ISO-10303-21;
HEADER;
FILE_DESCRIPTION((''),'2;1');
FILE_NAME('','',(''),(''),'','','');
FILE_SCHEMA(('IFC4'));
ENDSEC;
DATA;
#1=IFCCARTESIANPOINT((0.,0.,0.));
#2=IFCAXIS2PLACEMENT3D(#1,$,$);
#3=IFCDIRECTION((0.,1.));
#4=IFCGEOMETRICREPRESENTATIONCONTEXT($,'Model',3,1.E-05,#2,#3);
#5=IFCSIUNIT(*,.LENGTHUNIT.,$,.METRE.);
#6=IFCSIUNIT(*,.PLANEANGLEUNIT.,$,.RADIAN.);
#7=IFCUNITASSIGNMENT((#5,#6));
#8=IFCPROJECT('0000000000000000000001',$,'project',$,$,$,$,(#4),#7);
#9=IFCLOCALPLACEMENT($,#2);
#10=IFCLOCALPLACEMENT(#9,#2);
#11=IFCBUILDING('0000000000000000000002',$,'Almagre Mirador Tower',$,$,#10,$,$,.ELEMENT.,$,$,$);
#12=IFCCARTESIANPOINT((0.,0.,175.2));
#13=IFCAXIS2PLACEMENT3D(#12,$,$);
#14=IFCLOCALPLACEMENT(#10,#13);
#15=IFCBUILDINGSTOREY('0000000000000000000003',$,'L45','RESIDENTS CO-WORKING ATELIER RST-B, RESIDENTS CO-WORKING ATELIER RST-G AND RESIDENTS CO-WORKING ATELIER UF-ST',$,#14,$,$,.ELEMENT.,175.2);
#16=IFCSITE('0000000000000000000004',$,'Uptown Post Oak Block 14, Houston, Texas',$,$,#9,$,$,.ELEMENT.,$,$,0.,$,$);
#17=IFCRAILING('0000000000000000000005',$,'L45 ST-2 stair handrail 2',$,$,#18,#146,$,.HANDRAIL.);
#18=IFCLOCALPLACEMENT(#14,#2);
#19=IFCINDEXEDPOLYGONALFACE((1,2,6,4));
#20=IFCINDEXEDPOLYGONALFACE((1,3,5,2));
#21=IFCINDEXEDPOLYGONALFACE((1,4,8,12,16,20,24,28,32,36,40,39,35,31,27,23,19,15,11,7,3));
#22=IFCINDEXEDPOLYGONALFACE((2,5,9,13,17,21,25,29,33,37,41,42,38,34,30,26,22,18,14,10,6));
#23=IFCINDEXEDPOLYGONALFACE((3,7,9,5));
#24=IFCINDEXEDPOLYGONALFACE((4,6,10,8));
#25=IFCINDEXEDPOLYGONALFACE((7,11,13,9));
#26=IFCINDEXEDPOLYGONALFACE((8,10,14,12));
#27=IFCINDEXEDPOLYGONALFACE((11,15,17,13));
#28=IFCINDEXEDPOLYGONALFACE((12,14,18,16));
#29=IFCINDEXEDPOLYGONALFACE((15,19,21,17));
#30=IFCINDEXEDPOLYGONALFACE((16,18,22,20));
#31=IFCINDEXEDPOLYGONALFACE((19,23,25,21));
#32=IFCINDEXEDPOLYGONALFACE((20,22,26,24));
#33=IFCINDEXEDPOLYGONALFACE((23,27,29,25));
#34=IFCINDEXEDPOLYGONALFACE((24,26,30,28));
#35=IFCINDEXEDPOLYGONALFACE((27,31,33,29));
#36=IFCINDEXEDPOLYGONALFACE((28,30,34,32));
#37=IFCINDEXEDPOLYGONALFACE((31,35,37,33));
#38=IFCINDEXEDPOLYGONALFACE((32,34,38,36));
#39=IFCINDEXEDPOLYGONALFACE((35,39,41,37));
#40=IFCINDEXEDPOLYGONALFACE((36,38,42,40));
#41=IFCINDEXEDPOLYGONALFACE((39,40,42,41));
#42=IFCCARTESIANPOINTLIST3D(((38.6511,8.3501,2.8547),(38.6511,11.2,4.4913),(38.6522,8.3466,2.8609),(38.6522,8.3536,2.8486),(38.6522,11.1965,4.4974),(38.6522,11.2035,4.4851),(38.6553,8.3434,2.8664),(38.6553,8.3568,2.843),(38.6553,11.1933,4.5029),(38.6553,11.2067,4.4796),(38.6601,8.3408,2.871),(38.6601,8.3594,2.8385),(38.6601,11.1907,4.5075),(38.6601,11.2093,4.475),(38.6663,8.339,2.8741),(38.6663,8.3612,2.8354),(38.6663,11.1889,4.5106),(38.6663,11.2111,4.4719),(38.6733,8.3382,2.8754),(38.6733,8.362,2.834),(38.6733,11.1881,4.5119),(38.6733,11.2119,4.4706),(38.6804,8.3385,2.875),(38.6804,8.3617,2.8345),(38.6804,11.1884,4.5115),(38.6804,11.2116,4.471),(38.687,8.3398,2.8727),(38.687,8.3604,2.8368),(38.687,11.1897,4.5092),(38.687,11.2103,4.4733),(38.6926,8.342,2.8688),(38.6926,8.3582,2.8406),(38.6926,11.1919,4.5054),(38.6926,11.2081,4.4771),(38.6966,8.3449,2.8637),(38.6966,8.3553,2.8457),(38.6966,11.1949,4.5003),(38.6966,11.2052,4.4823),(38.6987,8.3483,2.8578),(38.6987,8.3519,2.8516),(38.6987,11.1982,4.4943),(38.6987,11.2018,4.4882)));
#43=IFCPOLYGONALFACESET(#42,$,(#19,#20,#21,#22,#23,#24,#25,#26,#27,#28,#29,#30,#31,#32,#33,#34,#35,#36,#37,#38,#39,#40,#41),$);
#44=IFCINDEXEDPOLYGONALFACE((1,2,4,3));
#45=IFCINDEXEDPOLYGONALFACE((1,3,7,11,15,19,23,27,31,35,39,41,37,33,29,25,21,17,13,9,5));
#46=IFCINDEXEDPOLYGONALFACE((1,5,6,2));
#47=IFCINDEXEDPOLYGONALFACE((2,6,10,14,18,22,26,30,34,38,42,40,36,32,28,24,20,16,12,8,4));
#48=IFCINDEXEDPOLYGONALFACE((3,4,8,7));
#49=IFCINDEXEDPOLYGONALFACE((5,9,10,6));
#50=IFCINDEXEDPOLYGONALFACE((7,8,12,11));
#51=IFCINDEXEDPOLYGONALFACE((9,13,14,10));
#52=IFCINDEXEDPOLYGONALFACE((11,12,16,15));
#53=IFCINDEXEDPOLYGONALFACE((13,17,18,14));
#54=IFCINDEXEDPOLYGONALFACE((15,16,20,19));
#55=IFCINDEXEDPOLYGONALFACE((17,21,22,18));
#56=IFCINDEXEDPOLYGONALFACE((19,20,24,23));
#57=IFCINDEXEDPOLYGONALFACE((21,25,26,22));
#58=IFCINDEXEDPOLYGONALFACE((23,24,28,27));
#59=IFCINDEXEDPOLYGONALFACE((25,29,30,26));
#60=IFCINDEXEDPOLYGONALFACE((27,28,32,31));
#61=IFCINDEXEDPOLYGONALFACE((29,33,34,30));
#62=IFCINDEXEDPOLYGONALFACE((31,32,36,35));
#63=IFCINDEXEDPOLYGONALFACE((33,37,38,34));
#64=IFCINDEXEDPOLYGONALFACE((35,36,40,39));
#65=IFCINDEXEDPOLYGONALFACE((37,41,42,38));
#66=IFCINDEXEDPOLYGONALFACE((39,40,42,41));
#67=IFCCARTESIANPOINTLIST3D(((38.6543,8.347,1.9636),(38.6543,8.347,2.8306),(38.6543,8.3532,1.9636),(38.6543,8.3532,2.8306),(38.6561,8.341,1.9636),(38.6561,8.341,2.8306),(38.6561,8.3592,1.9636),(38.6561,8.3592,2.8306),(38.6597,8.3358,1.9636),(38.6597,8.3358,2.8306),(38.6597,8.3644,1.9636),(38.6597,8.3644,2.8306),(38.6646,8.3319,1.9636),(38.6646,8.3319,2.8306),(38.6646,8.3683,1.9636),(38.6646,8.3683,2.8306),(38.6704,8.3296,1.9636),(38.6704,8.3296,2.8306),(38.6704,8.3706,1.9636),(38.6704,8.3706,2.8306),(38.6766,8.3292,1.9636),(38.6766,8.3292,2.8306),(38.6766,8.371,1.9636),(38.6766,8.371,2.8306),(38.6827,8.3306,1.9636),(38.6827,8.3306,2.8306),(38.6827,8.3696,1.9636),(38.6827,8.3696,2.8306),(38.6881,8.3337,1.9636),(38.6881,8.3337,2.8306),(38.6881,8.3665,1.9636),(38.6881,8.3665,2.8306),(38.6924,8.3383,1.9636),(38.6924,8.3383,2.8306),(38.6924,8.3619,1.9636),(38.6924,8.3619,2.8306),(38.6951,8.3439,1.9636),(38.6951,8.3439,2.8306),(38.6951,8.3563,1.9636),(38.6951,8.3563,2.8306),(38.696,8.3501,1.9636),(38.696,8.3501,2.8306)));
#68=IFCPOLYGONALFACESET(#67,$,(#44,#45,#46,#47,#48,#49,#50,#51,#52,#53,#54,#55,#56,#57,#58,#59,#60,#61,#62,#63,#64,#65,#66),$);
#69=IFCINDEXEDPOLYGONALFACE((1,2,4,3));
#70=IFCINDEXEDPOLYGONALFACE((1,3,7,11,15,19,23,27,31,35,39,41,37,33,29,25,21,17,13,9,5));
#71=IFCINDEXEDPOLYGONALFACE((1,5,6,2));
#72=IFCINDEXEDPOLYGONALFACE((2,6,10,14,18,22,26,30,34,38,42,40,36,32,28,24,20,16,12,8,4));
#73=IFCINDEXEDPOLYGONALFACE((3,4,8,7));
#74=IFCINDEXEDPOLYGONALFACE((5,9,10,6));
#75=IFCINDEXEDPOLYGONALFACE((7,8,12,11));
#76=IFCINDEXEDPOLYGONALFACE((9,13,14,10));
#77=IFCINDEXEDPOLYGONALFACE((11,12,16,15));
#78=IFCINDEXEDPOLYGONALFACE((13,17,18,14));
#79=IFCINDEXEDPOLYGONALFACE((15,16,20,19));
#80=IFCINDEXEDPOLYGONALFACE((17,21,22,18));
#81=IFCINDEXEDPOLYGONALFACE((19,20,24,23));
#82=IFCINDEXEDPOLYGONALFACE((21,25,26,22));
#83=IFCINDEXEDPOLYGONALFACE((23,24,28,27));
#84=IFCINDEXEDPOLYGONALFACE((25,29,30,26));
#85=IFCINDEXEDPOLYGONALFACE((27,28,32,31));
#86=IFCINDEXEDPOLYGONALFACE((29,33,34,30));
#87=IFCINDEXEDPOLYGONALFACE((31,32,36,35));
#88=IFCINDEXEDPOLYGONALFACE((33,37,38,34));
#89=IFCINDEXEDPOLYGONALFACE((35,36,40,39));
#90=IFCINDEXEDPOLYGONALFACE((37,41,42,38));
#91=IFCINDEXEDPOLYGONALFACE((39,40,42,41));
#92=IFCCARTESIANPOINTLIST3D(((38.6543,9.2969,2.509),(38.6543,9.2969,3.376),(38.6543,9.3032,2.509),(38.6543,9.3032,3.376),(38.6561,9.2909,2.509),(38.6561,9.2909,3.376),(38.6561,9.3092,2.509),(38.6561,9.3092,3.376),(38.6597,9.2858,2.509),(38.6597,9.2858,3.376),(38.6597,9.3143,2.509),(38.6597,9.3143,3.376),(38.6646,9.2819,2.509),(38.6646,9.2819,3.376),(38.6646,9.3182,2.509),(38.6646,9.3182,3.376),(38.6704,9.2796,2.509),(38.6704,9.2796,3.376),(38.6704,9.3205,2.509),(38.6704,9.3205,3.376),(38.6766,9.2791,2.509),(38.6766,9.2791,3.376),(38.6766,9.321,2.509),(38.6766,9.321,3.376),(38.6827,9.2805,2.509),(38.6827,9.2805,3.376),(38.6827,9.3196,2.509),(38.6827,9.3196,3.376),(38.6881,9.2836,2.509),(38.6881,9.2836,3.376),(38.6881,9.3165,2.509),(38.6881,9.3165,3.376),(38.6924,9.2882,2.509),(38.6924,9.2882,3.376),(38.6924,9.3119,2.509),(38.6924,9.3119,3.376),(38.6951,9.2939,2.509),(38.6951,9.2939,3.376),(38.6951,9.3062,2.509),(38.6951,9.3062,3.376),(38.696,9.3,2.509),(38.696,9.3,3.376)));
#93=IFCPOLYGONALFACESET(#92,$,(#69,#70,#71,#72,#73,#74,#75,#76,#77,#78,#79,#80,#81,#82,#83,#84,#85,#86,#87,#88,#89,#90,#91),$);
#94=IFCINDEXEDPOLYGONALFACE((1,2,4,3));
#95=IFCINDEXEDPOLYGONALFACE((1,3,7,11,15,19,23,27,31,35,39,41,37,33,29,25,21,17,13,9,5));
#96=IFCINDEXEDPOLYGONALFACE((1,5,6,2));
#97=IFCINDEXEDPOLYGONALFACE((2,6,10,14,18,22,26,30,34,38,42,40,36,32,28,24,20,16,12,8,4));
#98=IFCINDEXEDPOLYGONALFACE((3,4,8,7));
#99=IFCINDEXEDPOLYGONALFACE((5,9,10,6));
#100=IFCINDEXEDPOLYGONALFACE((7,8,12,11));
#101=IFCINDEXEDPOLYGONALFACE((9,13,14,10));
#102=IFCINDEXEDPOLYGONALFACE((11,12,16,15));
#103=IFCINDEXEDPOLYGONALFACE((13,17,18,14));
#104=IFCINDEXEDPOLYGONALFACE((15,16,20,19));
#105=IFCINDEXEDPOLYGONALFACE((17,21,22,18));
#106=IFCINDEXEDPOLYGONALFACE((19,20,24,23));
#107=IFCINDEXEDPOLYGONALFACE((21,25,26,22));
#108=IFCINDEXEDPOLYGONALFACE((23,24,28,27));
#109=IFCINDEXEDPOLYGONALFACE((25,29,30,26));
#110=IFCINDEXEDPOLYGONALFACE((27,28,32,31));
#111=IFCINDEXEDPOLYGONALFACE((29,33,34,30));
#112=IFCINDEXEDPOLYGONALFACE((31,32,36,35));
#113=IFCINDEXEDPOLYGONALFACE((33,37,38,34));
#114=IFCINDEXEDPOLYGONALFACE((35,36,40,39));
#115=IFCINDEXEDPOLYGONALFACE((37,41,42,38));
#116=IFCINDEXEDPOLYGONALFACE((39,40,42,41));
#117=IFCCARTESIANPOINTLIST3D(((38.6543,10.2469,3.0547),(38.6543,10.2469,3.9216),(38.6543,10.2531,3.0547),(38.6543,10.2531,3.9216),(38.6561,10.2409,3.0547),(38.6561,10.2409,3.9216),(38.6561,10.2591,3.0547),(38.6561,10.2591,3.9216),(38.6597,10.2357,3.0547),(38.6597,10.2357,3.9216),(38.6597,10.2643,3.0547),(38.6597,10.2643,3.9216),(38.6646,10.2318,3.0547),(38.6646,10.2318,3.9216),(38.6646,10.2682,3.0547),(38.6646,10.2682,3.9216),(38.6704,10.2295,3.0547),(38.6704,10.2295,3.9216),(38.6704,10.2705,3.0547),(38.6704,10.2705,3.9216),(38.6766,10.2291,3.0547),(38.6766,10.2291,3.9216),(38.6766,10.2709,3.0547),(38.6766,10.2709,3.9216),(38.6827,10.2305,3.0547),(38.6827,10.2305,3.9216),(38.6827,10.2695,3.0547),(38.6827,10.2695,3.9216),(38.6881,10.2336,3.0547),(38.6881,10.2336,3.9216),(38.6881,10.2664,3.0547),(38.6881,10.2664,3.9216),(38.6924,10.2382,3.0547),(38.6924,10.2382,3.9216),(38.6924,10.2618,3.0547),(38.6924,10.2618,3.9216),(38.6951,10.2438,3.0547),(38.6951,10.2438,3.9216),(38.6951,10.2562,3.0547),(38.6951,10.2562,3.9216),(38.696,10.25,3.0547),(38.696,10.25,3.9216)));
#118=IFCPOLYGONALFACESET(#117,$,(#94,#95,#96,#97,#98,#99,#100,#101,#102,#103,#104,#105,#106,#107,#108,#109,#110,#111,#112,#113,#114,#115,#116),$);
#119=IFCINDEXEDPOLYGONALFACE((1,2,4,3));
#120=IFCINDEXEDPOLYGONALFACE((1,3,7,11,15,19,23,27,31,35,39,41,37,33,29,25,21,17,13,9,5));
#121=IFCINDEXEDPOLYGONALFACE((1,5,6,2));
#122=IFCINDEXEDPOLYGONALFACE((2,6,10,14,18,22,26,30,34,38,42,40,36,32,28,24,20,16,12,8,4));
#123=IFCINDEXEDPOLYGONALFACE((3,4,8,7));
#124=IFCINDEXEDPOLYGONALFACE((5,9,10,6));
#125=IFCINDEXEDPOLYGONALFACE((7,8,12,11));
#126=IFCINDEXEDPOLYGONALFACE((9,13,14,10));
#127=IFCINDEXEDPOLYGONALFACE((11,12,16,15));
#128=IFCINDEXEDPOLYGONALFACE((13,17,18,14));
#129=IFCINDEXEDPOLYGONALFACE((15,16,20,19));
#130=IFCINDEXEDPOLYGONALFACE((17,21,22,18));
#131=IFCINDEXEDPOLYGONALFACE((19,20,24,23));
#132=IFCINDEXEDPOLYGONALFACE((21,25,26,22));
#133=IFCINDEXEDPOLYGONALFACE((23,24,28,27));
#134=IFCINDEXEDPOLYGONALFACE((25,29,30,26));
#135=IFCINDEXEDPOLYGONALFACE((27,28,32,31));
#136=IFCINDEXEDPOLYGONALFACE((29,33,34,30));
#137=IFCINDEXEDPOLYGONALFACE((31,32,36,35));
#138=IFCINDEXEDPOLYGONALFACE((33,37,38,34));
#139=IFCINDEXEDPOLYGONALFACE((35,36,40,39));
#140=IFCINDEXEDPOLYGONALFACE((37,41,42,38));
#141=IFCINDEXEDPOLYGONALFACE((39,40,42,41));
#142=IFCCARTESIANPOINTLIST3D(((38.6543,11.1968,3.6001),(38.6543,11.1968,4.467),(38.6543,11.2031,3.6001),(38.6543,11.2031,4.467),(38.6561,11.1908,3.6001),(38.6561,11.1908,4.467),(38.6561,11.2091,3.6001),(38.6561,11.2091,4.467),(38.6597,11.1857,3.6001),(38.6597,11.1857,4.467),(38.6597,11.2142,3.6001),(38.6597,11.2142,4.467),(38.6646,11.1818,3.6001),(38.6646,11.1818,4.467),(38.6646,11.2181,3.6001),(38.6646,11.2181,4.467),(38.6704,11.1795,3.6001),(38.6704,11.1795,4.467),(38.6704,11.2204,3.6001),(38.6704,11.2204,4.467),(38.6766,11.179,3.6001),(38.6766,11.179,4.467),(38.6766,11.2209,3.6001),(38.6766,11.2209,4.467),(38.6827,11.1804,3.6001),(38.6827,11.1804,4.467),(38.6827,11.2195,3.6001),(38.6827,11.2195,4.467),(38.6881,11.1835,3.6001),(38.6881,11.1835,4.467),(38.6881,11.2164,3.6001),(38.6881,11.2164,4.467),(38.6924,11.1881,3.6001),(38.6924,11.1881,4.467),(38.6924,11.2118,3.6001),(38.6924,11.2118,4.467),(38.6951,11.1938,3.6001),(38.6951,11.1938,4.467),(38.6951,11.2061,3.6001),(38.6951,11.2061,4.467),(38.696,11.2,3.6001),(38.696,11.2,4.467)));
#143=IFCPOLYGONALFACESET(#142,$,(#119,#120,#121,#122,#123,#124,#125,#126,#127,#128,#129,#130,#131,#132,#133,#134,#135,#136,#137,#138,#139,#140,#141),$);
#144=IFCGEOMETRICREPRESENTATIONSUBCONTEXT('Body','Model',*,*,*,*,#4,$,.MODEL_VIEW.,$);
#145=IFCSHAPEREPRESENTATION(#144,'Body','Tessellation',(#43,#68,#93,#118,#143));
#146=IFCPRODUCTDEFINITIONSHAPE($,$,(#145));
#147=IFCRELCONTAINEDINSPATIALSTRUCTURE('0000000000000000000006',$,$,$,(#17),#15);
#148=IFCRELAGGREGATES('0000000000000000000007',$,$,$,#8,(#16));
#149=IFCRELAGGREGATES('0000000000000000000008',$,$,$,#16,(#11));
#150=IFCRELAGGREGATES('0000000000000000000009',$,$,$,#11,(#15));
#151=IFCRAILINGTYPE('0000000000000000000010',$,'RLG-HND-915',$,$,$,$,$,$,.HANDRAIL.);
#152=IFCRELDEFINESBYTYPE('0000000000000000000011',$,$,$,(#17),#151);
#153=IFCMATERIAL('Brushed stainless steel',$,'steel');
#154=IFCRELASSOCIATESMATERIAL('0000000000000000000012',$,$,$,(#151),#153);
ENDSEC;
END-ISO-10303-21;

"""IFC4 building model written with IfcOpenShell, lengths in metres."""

from ifc_helpers import new_model, si_unit, direction, frame, origin, origin_2d, place, context, subcontext, project, spatial, circle, extrude, material, type_object, element, save


model = new_model("IFC4")

# Units and contexts
model_context = context("Model", 3, precision=1e-05, world=origin(), true_north=direction((0.0, 1.0)))
body_context = subcontext(model_context, "Body", "Model", "MODEL_VIEW")
ifc_project = project(units=[si_unit("LENGTHUNIT", "METRE"), si_unit("PLANEANGLEUNIT", "RADIAN")], contexts=[model_context])

# Site, building, storey
site_placement = place(None, origin())
site = spatial("IfcSite", under=ifc_project, at=site_placement, Name="Uptown Post Oak Block 14, Houston, Texas", CompositionType="ELEMENT", RefElevation=0.0)
building_placement = place(site_placement, origin())
building = spatial("IfcBuilding", under=site, at=building_placement, Name="Almagre Mirador Tower", CompositionType="ELEMENT")
storey_placement = place(building_placement, frame((0.0, 0.0, 175.2)))
storey = spatial("IfcBuildingStorey", under=building, at=storey_placement, Name="L45", Description="RESIDENTS CO-WORKING ATELIER RST-B, RESIDENTS CO-WORKING ATELIER RST-G AND RESIDENTS CO-WORKING ATELIER UF-ST", CompositionType="ELEMENT", Elevation=175.2)

# Railing
ifc_material_1 = material(Name="Brushed stainless steel", Category="steel")
railing_type_1 = type_object("IfcRailingType", Name="RLG-HND-915", PredefinedType="HANDRAIL", material=ifc_material_1)
railing_1_placement = place(storey_placement, frame((38.675, 8.3501, 1.9636)))
element("IfcRailing", 1, at=railing_1_placement, inside=storey, type_object=railing_type_1, Name="L45 ST-2 stair handrail 2", PredefinedType="HANDRAIL", context=body_context, shape_type="SweptSolid", body=[
    extrude(circle(Radius=0.0239, at=origin_2d()), frame((0.0, 0.0, 0.8911), z_axis=(0.0, 0.867194, 0.49797), x_axis=(-1.0, 0.0, 0.0)), (0.0, 0.0, 1.0), 3.2864),
    extrude(circle(Radius=0.021, at=origin_2d()), origin(), (0.0, 0.0, 1.0), 0.8669),
    extrude(circle(Radius=0.021, at=origin_2d()), frame((0.0, 0.95, 0.5454)), (0.0, 0.0, 1.0), 0.8669),
    extrude(circle(Radius=0.021, at=origin_2d()), frame((0.0, 1.8999, 1.0911)), (0.0, 0.0, 1.0), 0.8669),
    extrude(circle(Radius=0.021, at=origin_2d()), frame((0.0, 2.8499, 1.6365)), (0.0, 0.0, 1.0), 0.8669),
])

save(model, "model.ifc")
